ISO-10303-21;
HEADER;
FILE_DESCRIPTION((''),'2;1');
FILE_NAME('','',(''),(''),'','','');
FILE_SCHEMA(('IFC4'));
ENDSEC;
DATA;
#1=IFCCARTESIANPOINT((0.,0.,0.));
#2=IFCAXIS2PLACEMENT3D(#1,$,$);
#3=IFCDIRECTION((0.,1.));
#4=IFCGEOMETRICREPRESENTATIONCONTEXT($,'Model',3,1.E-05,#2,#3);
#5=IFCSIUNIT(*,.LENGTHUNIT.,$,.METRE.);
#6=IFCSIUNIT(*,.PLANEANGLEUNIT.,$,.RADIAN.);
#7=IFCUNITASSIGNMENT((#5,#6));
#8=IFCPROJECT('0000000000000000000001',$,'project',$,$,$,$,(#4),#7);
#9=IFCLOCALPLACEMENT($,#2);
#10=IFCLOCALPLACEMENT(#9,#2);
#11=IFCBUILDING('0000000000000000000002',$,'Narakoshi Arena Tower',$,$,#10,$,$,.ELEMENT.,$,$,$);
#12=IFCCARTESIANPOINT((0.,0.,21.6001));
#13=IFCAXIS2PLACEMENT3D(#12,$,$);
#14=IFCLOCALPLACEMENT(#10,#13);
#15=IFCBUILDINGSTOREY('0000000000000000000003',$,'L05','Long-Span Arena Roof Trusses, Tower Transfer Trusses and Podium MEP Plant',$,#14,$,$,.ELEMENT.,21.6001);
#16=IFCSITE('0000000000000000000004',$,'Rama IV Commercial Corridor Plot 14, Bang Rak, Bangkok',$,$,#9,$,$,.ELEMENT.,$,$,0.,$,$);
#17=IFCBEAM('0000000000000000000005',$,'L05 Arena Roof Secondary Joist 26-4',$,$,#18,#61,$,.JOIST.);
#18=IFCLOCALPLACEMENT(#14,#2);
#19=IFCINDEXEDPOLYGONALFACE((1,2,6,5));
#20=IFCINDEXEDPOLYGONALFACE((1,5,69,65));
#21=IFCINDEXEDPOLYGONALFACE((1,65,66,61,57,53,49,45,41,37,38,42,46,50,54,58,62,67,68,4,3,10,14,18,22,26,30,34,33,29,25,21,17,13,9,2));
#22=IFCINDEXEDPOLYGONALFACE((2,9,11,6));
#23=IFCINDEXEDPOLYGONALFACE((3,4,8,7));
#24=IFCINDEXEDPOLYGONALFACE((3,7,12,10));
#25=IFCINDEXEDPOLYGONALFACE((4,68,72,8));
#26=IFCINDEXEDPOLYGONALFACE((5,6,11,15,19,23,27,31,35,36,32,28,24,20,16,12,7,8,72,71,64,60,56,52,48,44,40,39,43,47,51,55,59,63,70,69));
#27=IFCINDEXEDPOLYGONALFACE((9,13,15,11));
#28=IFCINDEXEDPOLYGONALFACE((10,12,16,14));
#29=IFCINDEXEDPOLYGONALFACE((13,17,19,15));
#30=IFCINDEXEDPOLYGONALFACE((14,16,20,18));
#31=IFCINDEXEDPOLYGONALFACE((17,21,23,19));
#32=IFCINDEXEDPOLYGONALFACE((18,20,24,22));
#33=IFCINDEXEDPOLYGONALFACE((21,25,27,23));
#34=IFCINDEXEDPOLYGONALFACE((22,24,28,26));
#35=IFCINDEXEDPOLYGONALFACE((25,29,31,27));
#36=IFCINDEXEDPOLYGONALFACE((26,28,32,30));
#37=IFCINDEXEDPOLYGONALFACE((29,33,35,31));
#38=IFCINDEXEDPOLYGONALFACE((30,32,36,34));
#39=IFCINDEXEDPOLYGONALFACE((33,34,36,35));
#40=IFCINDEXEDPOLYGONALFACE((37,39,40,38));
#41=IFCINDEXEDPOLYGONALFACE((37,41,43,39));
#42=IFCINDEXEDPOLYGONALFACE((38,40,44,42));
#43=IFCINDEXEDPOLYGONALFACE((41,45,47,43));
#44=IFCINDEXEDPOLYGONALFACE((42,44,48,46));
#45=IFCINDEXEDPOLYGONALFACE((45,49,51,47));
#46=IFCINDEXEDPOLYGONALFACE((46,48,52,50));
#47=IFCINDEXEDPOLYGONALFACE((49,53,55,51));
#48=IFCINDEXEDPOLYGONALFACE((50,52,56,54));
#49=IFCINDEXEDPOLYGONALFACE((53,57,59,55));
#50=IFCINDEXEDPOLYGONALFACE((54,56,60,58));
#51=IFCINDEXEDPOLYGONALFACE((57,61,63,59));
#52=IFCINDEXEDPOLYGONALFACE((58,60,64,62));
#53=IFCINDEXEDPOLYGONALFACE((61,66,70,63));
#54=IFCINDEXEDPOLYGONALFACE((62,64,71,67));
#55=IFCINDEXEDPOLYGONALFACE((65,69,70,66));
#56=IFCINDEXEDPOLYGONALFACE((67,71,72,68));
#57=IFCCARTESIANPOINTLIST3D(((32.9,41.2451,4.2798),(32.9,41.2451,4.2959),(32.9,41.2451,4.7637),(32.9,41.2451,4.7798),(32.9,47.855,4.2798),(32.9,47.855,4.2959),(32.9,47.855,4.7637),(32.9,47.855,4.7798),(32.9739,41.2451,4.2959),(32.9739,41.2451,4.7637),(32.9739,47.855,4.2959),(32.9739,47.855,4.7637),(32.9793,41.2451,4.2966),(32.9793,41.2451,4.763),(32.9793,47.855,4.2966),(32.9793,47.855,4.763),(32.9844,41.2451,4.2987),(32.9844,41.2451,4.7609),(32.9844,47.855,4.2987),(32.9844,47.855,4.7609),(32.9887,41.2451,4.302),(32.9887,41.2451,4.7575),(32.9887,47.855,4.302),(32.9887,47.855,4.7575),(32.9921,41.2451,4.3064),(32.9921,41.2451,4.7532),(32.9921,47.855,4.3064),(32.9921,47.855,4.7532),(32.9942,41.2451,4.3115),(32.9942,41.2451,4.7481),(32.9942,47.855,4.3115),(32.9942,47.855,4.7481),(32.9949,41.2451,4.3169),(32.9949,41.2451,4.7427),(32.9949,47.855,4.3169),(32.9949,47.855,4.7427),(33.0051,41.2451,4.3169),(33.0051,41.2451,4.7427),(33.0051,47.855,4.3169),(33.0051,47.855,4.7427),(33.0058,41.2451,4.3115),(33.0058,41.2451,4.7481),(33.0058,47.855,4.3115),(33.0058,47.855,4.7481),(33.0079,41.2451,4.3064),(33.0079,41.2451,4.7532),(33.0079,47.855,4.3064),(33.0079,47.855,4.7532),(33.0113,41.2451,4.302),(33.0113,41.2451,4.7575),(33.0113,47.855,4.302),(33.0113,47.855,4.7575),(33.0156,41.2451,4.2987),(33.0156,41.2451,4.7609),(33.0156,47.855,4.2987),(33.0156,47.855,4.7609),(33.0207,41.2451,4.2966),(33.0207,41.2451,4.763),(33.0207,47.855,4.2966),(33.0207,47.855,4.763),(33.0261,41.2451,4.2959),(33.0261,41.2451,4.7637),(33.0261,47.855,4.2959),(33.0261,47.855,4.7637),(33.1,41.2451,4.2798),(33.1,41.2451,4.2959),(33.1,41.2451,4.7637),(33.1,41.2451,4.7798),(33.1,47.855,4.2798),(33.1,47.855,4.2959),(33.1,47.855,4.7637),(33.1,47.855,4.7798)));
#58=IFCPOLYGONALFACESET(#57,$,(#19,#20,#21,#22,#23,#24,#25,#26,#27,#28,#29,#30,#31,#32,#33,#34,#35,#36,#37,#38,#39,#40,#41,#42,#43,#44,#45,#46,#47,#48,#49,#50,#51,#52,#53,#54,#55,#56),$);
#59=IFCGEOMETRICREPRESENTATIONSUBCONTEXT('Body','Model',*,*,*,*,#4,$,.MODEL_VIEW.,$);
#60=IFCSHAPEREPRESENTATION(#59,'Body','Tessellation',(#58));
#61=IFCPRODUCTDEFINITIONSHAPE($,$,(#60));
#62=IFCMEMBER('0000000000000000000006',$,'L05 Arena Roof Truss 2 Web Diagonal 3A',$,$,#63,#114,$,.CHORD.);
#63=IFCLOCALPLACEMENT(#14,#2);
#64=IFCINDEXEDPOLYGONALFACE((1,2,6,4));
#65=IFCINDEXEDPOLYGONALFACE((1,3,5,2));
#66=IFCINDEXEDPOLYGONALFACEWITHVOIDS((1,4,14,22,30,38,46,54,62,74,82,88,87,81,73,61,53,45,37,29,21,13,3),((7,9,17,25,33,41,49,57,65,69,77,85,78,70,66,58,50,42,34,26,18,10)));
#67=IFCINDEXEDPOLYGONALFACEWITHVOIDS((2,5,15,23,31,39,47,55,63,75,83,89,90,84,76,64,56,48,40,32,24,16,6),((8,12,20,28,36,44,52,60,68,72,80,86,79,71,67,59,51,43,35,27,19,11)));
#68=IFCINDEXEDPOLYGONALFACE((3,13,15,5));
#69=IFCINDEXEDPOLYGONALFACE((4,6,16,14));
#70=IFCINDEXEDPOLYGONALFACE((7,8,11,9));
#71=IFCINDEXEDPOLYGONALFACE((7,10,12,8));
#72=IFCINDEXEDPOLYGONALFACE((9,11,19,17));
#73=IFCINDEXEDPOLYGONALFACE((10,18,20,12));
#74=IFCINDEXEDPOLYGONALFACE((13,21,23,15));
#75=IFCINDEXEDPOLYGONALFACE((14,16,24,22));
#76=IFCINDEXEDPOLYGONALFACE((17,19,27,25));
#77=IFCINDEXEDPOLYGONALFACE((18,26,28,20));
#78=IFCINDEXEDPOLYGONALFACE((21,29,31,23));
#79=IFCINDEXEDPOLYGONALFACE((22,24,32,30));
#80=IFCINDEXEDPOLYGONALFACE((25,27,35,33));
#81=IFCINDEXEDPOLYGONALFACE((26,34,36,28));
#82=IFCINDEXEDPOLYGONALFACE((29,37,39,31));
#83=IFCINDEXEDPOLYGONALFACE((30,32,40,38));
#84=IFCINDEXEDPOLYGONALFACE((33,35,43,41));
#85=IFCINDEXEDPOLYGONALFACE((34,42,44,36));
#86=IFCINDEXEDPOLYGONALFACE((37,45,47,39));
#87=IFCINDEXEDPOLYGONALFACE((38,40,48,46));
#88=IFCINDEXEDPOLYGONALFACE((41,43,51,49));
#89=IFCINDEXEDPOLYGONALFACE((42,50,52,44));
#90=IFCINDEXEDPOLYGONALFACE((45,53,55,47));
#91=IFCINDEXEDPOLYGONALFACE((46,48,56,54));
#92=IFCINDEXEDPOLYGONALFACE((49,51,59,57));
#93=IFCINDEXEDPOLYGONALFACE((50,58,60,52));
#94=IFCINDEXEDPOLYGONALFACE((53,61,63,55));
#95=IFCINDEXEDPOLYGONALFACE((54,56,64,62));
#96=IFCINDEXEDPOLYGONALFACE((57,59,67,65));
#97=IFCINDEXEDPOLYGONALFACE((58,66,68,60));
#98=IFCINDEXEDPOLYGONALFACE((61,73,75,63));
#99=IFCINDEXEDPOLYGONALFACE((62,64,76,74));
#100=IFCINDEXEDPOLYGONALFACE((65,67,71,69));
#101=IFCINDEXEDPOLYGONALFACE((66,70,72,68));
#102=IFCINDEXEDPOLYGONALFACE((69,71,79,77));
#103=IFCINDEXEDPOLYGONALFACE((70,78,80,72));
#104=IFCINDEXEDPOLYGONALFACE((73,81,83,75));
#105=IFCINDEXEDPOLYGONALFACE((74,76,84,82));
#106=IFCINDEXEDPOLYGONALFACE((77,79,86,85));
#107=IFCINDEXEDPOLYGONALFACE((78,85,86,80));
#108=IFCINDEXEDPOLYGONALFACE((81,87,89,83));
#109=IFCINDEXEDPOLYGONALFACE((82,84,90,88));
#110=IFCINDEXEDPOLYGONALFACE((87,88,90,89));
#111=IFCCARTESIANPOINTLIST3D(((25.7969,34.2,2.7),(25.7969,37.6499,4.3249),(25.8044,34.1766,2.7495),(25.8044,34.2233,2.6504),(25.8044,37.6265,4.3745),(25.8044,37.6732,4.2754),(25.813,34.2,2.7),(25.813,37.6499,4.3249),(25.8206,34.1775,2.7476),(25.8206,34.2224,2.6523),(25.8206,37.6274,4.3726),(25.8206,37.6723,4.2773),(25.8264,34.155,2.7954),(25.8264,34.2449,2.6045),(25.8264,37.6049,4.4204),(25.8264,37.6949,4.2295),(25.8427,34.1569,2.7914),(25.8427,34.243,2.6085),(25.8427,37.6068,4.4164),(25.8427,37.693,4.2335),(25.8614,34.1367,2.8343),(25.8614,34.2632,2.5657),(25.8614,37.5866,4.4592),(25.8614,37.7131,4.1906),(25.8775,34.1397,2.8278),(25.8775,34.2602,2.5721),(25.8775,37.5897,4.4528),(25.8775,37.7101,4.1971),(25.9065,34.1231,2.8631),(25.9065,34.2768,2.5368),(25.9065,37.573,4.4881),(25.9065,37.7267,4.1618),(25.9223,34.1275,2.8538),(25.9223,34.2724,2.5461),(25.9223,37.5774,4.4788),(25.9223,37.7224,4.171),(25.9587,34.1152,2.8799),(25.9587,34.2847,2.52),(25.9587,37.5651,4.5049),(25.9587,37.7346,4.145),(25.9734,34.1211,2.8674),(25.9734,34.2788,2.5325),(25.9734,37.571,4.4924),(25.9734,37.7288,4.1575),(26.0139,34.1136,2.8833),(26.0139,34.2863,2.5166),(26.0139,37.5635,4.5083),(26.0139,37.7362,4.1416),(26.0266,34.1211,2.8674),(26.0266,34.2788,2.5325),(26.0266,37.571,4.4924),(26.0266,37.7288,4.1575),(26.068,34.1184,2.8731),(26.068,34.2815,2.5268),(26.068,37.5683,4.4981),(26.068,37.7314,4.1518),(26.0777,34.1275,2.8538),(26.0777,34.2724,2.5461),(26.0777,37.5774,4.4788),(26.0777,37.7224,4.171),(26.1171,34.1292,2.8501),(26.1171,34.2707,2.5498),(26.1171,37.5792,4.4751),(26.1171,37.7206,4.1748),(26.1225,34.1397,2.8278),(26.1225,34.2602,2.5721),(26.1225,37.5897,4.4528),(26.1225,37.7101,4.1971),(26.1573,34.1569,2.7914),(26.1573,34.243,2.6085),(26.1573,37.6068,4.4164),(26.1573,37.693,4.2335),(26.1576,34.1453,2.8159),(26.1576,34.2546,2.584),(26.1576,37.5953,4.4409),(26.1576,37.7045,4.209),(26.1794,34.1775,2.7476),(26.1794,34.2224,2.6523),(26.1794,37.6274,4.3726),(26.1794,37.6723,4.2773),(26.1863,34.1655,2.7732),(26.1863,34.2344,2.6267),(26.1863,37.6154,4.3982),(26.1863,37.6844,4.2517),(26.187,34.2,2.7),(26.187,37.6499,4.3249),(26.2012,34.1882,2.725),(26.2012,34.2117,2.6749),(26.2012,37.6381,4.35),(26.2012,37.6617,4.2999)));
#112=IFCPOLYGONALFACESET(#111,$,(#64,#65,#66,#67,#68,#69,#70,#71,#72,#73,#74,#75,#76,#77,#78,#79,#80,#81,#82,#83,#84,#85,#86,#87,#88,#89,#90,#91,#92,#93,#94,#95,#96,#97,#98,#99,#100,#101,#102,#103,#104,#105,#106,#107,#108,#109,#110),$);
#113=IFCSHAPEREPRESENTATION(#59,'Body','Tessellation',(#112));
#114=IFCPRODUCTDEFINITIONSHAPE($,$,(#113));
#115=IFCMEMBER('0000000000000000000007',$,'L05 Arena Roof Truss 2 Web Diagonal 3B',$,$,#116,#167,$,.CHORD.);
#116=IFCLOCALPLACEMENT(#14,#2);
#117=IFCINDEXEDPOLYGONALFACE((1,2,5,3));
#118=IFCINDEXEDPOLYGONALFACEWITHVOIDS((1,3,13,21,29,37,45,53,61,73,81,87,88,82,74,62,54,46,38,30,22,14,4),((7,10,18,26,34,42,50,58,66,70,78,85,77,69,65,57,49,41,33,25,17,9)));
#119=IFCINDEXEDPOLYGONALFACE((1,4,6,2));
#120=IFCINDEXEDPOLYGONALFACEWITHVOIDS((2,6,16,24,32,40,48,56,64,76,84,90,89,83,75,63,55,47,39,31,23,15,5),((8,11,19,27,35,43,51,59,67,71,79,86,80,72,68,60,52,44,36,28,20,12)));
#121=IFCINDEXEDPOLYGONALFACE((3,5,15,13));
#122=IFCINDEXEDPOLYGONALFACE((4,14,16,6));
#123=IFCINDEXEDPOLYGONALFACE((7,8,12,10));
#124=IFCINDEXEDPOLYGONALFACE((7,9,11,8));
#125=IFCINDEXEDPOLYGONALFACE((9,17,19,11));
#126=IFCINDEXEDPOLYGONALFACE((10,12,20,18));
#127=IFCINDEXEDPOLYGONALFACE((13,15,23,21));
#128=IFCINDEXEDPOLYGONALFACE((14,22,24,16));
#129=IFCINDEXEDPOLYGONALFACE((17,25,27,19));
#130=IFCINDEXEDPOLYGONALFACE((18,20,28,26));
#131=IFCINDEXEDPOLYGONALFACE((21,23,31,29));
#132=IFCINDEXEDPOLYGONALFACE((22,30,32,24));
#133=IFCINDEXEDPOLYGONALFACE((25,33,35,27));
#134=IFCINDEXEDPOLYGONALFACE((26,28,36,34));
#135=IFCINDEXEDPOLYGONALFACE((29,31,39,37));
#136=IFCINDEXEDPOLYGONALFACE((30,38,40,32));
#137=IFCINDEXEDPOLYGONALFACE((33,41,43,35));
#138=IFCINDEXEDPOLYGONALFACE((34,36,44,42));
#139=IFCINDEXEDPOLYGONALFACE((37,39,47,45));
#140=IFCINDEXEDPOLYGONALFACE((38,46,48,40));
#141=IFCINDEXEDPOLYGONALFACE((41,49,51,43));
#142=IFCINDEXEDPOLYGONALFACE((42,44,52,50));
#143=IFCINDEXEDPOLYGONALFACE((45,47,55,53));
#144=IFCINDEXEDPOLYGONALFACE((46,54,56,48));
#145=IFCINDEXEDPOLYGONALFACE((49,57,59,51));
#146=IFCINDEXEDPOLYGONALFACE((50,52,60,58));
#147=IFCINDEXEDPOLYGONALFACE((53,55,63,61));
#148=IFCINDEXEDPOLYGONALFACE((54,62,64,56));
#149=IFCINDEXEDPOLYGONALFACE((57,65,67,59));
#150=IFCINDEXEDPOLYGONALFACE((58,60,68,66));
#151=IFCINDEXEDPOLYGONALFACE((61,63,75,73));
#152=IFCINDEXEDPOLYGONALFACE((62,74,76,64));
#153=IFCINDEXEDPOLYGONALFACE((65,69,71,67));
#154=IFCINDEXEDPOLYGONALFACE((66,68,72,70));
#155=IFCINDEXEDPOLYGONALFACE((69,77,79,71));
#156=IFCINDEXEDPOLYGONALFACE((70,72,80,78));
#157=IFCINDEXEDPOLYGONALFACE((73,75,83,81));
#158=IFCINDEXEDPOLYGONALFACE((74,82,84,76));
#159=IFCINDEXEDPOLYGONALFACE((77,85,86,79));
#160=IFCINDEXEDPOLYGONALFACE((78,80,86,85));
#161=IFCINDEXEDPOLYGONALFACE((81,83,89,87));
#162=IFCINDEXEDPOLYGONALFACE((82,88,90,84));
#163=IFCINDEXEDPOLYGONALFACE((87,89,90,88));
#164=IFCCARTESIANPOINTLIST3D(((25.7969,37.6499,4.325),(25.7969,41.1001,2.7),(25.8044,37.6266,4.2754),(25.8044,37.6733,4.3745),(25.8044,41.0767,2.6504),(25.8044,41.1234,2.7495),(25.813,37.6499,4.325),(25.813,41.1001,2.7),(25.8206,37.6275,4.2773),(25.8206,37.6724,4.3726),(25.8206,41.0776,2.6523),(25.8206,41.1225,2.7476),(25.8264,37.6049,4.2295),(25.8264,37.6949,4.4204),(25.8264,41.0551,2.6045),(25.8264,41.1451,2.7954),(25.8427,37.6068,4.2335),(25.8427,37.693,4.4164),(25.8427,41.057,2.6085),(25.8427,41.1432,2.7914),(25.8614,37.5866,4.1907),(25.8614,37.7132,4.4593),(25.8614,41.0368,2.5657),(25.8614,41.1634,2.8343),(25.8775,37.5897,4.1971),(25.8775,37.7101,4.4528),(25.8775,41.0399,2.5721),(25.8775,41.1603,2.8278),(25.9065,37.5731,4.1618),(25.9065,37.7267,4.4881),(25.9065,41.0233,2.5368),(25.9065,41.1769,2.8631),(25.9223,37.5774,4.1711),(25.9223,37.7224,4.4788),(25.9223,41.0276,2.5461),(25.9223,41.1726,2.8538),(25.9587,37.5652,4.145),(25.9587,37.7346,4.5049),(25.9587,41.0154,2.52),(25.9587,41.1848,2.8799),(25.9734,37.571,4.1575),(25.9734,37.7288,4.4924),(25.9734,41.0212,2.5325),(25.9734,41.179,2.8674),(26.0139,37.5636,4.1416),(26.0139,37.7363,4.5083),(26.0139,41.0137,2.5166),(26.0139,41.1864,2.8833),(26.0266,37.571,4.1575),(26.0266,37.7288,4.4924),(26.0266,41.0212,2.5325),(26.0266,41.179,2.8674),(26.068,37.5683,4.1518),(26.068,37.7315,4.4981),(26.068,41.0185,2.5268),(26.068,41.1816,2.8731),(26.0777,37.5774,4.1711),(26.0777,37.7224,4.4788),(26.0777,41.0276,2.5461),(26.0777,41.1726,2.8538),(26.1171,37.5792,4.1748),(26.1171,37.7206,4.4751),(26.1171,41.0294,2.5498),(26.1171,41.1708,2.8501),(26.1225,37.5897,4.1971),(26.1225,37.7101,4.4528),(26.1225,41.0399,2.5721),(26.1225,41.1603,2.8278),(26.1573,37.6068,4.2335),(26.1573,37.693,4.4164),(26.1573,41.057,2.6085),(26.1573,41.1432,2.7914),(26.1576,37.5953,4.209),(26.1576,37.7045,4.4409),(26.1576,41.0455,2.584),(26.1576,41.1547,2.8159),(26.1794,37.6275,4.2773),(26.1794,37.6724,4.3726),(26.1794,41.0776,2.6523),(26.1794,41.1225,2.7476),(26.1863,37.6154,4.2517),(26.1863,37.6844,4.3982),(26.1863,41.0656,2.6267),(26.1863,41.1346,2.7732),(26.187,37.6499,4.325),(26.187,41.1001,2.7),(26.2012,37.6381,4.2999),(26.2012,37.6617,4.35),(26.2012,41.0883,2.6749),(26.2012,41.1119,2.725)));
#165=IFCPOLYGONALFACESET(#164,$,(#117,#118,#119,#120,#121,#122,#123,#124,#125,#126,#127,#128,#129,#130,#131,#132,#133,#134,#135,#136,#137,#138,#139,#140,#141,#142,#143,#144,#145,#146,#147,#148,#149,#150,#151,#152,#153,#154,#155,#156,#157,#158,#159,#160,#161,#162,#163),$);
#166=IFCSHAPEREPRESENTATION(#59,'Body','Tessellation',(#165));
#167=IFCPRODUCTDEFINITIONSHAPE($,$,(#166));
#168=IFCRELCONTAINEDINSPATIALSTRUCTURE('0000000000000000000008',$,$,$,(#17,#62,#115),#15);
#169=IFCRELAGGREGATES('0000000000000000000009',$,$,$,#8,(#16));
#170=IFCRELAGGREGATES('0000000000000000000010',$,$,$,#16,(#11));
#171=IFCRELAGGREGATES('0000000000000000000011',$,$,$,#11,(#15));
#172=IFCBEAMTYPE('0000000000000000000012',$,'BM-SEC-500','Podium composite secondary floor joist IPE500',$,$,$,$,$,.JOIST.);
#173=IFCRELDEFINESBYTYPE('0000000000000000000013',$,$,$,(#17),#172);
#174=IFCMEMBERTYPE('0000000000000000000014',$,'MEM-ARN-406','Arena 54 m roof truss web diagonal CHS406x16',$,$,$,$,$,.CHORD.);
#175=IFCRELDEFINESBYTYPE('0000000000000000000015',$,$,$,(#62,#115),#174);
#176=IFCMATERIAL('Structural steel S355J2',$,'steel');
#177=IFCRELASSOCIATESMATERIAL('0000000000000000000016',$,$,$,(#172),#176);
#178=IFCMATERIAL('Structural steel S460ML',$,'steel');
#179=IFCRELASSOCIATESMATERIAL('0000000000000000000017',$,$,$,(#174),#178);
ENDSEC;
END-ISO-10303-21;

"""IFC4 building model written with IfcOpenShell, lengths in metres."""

from ifc_helpers import new_model, si_unit, direction, frame, origin, origin_2d, place, context, subcontext, project, spatial, hollow_circle, i_section, extrude, material, material_profile, profile_set, type_object, element, save


model = new_model("IFC4")

# Units and contexts
model_context = context("Model", 3, precision=1e-05, world=origin(), true_north=direction((0.0, 1.0)))
body_context = subcontext(model_context, "Body", "Model", "MODEL_VIEW")
ifc_project = project(units=[si_unit("LENGTHUNIT", "METRE"), si_unit("PLANEANGLEUNIT", "RADIAN")], contexts=[model_context])

# Site, building, storey
site_placement = place(None, origin())
site = spatial("IfcSite", under=ifc_project, at=site_placement, Name="Rama IV Commercial Corridor Plot 14, Bang Rak, Bangkok", CompositionType="ELEMENT", RefElevation=0.0)
building_placement = place(site_placement, origin())
building = spatial("IfcBuilding", under=site, at=building_placement, Name="Narakoshi Arena Tower", CompositionType="ELEMENT")
storey_placement = place(building_placement, frame((0.0, 0.0, 21.6001)))
storey = spatial("IfcBuildingStorey", under=building, at=storey_placement, Name="L05", Description="Long-Span Arena Roof Trusses, Tower Transfer Trusses and Podium MEP Plant", CompositionType="ELEMENT", Elevation=21.6001)

# Beam
ifc_material_1 = material(Name="Structural steel S355J2", Category="steel")
ifc_material_profile_1 = material_profile(ifc_material_1, i_section(OverallWidth=0.2, OverallDepth=0.5, WebThickness=0.0103, FlangeThickness=0.0161, FilletRadius=0.021, at=origin_2d()), Name="IPE500")
ifc_profile_set_1 = profile_set([ifc_material_profile_1], Name="Structural steel S355J2")
beam_type_1 = type_object("IfcBeamType", Name="BM-SEC-500", Description="Podium composite secondary floor joist IPE500", PredefinedType="JOIST", material=ifc_profile_set_1)
beam_1_placement = place(storey_placement, frame((33.0, 41.2451, 4.5298), z_axis=(0.0, 1.0, 0.0), x_axis=(-1.0, 0.0, 0.0)))
element("IfcBeam", 1, at=beam_1_placement, inside=storey, type_object=beam_type_1, Name="L05 Arena Roof Secondary Joist 26-4", PredefinedType="JOIST", context=body_context, shape_type="SweptSolid", body=[
    extrude(i_section(OverallWidth=0.2, OverallDepth=0.5, WebThickness=0.0103, FlangeThickness=0.0161, FilletRadius=0.021, at=origin_2d()), origin(), (0.0, 0.0, 1.0), 6.6099),
])

# Members
ifc_material_2 = material(Name="Structural steel S460ML", Category="steel")
ifc_material_profile_2 = material_profile(ifc_material_2, hollow_circle(Radius=0.2031, WallThickness=0.0161, at=origin_2d()), Name="CHS406x16")
ifc_profile_set_2 = profile_set([ifc_material_profile_2], Name="Structural steel S460ML")
member_type = type_object("IfcMemberType", Name="MEM-ARN-406", Description="Arena 54 m roof truss web diagonal CHS406x16", PredefinedType="CHORD", material=ifc_profile_set_2)
member_1_placement = place(storey_placement, frame((26.0, 34.2, 2.7), z_axis=(0.0, 0.904668, 0.426118), x_axis=(-1.0, 0.0, 0.0)))
element("IfcMember", 2, at=member_1_placement, inside=storey, type_object=member_type, Name="L05 Arena Roof Truss 2 Web Diagonal 3A", PredefinedType="CHORD", context=body_context, shape_type="SweptSolid", body=[
    extrude(hollow_circle(Radius=0.2031, WallThickness=0.0161, at=origin_2d()), origin(), (0.0, 0.0, 1.0), 3.8135),
])
member_2_placement = place(storey_placement, frame((26.0, 37.6499, 4.325), z_axis=(0.0, 0.904679, -0.426093), x_axis=(-1.0, 0.0, 0.0)))
element("IfcMember", 3, at=member_2_placement, inside=storey, type_object=member_type, Name="L05 Arena Roof Truss 2 Web Diagonal 3B", PredefinedType="CHORD", context=body_context, shape_type="SweptSolid", body=[
    extrude(hollow_circle(Radius=0.2031, WallThickness=0.0161, at=origin_2d()), origin(), (0.0, 0.0, 1.0), 3.8137),
])

save(model, "model.ifc")
